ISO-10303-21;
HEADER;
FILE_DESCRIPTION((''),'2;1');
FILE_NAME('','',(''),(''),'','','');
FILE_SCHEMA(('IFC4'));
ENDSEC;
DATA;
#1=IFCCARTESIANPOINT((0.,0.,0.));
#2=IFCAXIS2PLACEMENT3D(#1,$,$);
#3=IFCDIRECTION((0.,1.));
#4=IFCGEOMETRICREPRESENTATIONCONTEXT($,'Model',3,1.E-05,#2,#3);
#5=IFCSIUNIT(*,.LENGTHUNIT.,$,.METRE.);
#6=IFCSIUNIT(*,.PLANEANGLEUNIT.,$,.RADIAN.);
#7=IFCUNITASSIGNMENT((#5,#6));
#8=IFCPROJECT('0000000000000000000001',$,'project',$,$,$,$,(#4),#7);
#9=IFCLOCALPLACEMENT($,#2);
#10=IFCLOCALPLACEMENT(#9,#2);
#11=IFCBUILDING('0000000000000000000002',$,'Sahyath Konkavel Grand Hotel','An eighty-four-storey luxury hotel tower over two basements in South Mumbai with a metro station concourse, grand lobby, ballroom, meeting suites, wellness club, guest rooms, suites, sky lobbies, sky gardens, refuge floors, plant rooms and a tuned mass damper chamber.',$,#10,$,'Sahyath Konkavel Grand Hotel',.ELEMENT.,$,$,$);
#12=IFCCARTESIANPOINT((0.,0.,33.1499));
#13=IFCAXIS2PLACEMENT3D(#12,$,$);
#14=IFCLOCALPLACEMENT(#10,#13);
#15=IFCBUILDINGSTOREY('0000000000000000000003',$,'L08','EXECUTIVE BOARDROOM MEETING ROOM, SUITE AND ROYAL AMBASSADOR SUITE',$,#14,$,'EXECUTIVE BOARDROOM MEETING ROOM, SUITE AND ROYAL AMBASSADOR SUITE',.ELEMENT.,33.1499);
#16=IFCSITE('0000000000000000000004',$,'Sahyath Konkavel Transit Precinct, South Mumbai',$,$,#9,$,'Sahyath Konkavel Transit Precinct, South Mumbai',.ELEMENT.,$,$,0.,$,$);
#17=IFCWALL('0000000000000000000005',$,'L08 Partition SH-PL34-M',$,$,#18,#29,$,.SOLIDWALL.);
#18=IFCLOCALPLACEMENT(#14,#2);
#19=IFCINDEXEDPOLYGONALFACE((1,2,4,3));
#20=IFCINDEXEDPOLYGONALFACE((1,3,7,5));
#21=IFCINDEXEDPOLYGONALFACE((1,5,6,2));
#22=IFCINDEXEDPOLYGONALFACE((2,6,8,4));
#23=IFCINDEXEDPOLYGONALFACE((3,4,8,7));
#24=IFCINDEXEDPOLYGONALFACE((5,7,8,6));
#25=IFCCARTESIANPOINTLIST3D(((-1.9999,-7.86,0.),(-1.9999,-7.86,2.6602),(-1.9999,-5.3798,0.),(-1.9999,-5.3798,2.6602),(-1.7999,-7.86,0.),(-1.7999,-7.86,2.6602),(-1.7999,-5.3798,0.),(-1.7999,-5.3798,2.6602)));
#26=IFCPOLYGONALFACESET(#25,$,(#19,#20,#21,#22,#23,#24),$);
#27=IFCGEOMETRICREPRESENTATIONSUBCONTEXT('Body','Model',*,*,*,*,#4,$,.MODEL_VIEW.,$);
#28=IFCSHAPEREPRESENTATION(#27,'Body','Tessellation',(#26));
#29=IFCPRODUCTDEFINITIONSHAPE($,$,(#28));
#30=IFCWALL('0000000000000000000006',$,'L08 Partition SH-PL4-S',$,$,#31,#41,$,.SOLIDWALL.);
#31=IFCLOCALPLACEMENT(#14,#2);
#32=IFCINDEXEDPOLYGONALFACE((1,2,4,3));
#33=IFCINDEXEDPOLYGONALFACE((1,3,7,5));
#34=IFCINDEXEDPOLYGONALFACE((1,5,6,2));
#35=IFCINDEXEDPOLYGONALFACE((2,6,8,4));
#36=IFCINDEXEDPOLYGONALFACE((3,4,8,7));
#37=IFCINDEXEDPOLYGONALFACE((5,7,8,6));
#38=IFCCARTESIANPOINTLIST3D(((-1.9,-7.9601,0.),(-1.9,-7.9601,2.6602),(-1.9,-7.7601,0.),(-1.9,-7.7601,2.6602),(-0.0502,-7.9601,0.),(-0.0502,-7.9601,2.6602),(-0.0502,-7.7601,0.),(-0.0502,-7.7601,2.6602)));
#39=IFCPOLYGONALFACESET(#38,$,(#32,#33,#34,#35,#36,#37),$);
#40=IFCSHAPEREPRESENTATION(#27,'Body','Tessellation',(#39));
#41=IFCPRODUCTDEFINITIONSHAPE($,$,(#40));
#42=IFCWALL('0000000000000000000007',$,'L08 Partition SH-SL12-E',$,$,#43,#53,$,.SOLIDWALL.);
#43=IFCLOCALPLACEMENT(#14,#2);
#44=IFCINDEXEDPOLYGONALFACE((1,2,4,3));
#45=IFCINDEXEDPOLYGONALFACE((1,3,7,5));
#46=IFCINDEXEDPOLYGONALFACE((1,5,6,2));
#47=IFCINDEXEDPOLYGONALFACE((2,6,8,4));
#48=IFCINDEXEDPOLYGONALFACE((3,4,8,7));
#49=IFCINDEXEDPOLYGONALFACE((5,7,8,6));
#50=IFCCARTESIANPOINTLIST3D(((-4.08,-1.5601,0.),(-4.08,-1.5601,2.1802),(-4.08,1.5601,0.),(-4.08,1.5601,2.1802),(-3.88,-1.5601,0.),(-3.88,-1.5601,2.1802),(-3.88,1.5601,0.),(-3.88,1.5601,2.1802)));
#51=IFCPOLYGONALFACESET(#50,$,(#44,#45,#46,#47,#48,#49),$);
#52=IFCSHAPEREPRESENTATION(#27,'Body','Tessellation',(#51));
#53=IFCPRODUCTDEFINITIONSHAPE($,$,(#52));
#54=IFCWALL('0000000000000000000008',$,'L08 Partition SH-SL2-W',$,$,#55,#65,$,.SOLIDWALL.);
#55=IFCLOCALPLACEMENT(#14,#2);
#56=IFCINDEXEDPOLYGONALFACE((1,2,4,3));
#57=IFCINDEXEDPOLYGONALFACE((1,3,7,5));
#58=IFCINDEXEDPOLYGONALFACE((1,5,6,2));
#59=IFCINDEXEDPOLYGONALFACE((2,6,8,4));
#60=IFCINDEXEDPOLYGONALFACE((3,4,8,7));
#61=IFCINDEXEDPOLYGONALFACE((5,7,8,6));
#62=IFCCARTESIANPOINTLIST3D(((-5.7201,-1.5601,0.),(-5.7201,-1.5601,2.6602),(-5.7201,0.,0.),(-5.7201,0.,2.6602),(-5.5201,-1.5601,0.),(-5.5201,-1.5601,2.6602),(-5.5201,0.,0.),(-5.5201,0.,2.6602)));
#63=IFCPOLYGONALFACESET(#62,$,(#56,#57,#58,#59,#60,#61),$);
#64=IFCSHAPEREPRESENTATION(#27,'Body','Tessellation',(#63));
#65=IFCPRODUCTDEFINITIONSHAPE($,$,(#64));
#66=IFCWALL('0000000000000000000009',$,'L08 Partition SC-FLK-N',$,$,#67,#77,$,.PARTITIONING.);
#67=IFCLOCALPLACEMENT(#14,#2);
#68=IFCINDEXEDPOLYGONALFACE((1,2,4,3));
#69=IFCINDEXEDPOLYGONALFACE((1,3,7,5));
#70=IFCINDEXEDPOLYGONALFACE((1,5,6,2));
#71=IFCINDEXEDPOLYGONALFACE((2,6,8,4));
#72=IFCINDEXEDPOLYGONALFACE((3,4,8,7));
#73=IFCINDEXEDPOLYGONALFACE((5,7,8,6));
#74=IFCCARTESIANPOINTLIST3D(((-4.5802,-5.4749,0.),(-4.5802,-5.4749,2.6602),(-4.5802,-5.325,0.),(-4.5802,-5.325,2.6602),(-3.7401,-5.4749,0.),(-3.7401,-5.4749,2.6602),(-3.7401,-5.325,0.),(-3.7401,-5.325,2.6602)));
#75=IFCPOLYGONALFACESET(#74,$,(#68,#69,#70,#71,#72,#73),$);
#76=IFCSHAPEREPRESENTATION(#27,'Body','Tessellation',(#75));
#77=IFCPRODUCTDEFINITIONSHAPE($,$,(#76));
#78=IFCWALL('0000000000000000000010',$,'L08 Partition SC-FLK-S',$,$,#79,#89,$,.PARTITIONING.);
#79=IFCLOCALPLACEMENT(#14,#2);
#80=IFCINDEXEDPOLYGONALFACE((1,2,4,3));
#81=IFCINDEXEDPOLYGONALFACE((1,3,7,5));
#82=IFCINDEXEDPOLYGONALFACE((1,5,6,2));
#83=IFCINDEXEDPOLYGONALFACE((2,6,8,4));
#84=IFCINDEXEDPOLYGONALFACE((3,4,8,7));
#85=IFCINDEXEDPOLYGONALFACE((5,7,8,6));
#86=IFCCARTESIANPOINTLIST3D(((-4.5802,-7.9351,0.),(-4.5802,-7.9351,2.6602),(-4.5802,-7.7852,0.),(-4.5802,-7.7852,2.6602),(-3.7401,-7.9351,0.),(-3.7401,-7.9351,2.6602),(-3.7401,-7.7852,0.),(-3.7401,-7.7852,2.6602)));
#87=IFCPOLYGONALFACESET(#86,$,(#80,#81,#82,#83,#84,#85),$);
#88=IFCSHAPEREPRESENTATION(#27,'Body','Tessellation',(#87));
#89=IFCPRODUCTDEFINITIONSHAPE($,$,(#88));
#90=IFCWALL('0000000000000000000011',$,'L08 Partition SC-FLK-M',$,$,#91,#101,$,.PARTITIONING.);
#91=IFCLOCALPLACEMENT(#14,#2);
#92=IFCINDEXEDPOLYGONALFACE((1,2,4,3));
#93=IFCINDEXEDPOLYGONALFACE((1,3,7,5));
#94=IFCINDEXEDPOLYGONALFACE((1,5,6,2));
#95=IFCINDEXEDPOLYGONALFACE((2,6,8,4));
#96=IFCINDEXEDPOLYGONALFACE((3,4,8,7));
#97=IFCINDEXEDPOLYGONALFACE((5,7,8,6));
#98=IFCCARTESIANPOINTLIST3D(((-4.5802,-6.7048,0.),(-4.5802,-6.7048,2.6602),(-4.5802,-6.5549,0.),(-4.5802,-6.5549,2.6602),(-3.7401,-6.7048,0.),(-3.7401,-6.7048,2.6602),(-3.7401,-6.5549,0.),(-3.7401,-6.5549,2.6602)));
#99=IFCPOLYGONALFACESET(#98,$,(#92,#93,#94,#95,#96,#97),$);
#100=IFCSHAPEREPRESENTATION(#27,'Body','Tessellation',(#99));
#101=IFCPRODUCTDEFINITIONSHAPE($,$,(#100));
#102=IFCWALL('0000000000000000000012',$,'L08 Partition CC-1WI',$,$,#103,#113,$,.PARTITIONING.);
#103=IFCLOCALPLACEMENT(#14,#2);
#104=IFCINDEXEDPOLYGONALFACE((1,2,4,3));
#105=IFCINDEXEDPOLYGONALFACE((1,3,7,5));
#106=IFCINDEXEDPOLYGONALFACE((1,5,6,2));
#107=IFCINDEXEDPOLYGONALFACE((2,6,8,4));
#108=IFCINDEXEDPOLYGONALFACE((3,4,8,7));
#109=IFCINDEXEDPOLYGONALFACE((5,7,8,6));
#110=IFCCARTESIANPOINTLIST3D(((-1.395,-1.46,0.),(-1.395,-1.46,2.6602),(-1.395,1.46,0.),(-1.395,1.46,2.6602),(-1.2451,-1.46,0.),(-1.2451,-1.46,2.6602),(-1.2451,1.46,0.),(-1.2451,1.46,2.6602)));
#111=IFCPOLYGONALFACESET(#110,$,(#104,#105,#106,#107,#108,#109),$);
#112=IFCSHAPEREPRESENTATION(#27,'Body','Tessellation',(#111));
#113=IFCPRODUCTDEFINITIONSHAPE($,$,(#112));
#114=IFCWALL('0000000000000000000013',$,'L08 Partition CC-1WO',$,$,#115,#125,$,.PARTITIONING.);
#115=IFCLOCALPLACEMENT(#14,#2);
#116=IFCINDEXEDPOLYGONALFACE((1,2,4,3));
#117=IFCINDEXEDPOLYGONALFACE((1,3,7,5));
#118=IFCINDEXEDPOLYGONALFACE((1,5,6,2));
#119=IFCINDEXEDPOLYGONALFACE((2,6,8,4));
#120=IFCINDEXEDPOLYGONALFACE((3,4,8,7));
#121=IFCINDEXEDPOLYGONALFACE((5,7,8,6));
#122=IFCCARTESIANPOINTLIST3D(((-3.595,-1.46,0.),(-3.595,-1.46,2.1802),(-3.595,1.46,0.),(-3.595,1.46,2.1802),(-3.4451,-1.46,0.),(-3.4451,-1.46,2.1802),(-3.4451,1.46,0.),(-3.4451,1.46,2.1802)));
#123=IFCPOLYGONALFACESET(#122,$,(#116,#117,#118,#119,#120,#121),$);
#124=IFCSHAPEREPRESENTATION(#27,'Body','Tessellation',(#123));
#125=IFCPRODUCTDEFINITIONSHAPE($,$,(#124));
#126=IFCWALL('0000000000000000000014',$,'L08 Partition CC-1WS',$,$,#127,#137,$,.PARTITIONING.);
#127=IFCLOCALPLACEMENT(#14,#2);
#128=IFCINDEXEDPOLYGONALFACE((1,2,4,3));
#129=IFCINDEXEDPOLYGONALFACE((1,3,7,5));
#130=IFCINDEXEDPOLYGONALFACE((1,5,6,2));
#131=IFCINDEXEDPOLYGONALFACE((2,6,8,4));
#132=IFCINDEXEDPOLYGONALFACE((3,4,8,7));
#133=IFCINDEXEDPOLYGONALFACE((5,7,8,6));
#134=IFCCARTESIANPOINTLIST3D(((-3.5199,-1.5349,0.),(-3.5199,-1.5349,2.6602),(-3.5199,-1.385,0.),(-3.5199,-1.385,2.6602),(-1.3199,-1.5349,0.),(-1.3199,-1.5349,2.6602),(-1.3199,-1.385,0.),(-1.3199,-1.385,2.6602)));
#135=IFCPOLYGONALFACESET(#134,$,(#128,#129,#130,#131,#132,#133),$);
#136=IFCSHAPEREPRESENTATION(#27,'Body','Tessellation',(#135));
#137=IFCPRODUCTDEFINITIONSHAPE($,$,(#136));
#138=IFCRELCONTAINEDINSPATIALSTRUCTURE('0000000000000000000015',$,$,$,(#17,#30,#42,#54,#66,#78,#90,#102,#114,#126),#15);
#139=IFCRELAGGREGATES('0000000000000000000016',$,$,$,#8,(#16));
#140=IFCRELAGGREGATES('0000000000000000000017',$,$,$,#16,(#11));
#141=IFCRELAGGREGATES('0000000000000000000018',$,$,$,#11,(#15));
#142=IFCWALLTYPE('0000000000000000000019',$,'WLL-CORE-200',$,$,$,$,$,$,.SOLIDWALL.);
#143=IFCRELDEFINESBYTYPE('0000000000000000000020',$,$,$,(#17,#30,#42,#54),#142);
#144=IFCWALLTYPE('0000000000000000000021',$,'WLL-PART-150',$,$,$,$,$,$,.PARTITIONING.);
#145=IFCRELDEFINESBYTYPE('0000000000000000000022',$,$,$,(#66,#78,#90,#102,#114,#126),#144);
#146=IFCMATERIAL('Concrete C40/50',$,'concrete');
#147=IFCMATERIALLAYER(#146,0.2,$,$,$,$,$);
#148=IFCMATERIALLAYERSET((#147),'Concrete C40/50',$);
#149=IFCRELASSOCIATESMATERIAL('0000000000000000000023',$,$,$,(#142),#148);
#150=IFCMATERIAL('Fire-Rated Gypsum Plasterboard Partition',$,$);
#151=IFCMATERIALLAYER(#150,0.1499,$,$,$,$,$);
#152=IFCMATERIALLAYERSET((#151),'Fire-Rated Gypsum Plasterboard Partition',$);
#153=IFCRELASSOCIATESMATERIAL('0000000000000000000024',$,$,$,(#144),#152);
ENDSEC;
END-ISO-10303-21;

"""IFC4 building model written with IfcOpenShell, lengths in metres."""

from ifc_helpers import new_model, si_unit, direction, frame, frame_2d, origin, place, context, subcontext, project, spatial, rectangle, extrude, material, layer, layer_set, type_object, element, save


model = new_model("IFC4")

# Units and contexts
model_context = context("Model", 3, precision=1e-05, world=origin(), true_north=direction((0.0, 1.0)))
body_context = subcontext(model_context, "Body", "Model", "MODEL_VIEW")
ifc_project = project(units=[si_unit("LENGTHUNIT", "METRE"), si_unit("PLANEANGLEUNIT", "RADIAN")], contexts=[model_context])

# Site, building, storey
site_placement = place(None, origin())
site = spatial("IfcSite", under=ifc_project, at=site_placement, Name="Sahyath Konkavel Transit Precinct, South Mumbai", LongName="Sahyath Konkavel Transit Precinct, South Mumbai", CompositionType="ELEMENT", RefElevation=0.0)
building_placement = place(site_placement, origin())
building = spatial("IfcBuilding", under=site, at=building_placement, Name="Sahyath Konkavel Grand Hotel", Description="An eighty-four-storey luxury hotel tower over two basements in South Mumbai with a metro station concourse, grand lobby, ballroom, meeting suites, wellness club, guest rooms, suites, sky lobbies, sky gardens, refuge floors, plant rooms and a tuned mass damper chamber.", LongName="Sahyath Konkavel Grand Hotel", CompositionType="ELEMENT")
storey_placement = place(building_placement, frame((0.0, 0.0, 33.1499)))
storey = spatial("IfcBuildingStorey", under=building, at=storey_placement, Name="L08", Description="EXECUTIVE BOARDROOM MEETING ROOM, SUITE AND ROYAL AMBASSADOR SUITE", LongName="EXECUTIVE BOARDROOM MEETING ROOM, SUITE AND ROYAL AMBASSADOR SUITE", CompositionType="ELEMENT", Elevation=33.1499)

# Shared definitions
ifc_material_1 = material(Name="Concrete C40/50", Category="concrete")
ifc_layer_1 = layer(ifc_material_1, 0.2)
ifc_layer_set_1 = layer_set([ifc_layer_1], Name="Concrete C40/50")
wall_type_1 = type_object("IfcWallType", Name="WLL-CORE-200", PredefinedType="SOLIDWALL", material=ifc_layer_set_1)

# Walls
wall_1_placement = place(storey_placement, frame((-1.8999, -7.8601, 0.0), z_axis=(0.0, 0.0, 1.0), x_axis=(0.0, 1.0, 0.0)))
element("IfcWall", 1, at=wall_1_placement, inside=storey, type_object=wall_type_1, Name="L08 Partition SH-PL34-M", PredefinedType="SOLIDWALL", context=body_context, shape_type="SweptSolid", body=[
    extrude(rectangle(XDim=2.4802, YDim=0.2, at=frame_2d((1.2402, 0.0))), origin(), (0.0, 0.0, 1.0), 2.6602),
])
wall_2_placement = place(storey_placement, frame((-1.8999, -7.8601, 0.0), z_axis=(0.0, 0.0, 1.0), x_axis=(1.0, 0.0, 0.0)))
element("IfcWall", 2, at=wall_2_placement, inside=storey, type_object=wall_type_1, Name="L08 Partition SH-PL4-S", PredefinedType="SOLIDWALL", context=body_context, shape_type="SweptSolid", body=[
    extrude(rectangle(XDim=1.8499, YDim=0.2, at=frame_2d((0.9248, 0.0))), origin(), (0.0, 0.0, 1.0), 2.6602),
])
wall_3_placement = place(storey_placement, frame((-3.98, -1.5601, 0.0), z_axis=(0.0, 0.0, 1.0), x_axis=(0.0, 1.0, 0.0)))
element("IfcWall", 3, at=wall_3_placement, inside=storey, type_object=wall_type_1, Name="L08 Partition SH-SL12-E", PredefinedType="SOLIDWALL", context=body_context, shape_type="SweptSolid", body=[
    extrude(rectangle(XDim=3.1201, YDim=0.2, at=frame_2d((1.5601, 0.0))), origin(), (0.0, 0.0, 1.0), 2.1802),
])
wall_4_placement = place(storey_placement, frame((-5.6201, -1.5601, 0.0), z_axis=(0.0, 0.0, 1.0), x_axis=(0.0, 1.0, 0.0)))
element("IfcWall", 4, at=wall_4_placement, inside=storey, type_object=wall_type_1, Name="L08 Partition SH-SL2-W", PredefinedType="SOLIDWALL", context=body_context, shape_type="SweptSolid", body=[
    extrude(rectangle(XDim=1.5601, YDim=0.2, at=frame_2d((0.78, 0.0))), origin(), (0.0, 0.0, 1.0), 2.6602),
])
ifc_material_2 = material(Name="Fire-Rated Gypsum Plasterboard Partition")
ifc_layer_2 = layer(ifc_material_2, 0.1499)
ifc_layer_set_2 = layer_set([ifc_layer_2], Name="Fire-Rated Gypsum Plasterboard Partition")
wall_type_2 = type_object("IfcWallType", Name="WLL-PART-150", PredefinedType="PARTITIONING", material=ifc_layer_set_2)
for number, where, z_axis, x_axis, name in (
    (5, (-4.5801, -5.3999, 0.0), (0.0, 0.0, 1.0), (1.0, 0.0, 0.0), "L08 Partition SC-FLK-N"),
    (6, (-4.5801, -7.8601, 0.0), (0.0, 0.0, 1.0), (1.0, 0.0, 0.0), "L08 Partition SC-FLK-S"),
    (7, (-4.5801, -6.6299, 0.0), (0.0, 0.0, 1.0), (1.0, 0.0, 0.0), "L08 Partition SC-FLK-M"),
):
    element("IfcWall", number, at=place(storey_placement, frame(where, z_axis=z_axis, x_axis=x_axis)), inside=storey, type_object=wall_type_2, Name=name, PredefinedType="PARTITIONING", context=body_context, shape_type="SweptSolid", body=[
        extrude(rectangle(XDim=0.8401, YDim=0.1499, at=frame_2d((0.4199, 0.0))), origin(), (0.0, 0.0, 1.0), 2.6602),
    ])
wall_5_placement = place(storey_placement, frame((-1.3201, -1.46, 0.0), z_axis=(0.0, 0.0, 1.0), x_axis=(0.0, 1.0, 0.0)))
element("IfcWall", 8, at=wall_5_placement, inside=storey, type_object=wall_type_2, Name="L08 Partition CC-1WI", PredefinedType="PARTITIONING", context=body_context, shape_type="SweptSolid", body=[
    extrude(rectangle(XDim=2.9199, YDim=0.1499, at=frame_2d((1.46, 0.0))), origin(), (0.0, 0.0, 1.0), 2.6602),
])
wall_6_placement = place(storey_placement, frame((-3.52, -1.46, 0.0), z_axis=(0.0, 0.0, 1.0), x_axis=(0.0, 1.0, 0.0)))
element("IfcWall", 9, at=wall_6_placement, inside=storey, type_object=wall_type_2, Name="L08 Partition CC-1WO", PredefinedType="PARTITIONING", context=body_context, shape_type="SweptSolid", body=[
    extrude(rectangle(XDim=2.9199, YDim=0.1499, at=frame_2d((1.46, 0.0))), origin(), (0.0, 0.0, 1.0), 2.1802),
])
wall_7_placement = place(storey_placement, frame((-3.52, -1.46, 0.0), z_axis=(0.0, 0.0, 1.0), x_axis=(1.0, 0.0, 0.0)))
element("IfcWall", 10, at=wall_7_placement, inside=storey, type_object=wall_type_2, Name="L08 Partition CC-1WS", PredefinedType="PARTITIONING", context=body_context, shape_type="SweptSolid", body=[
    extrude(rectangle(XDim=2.2, YDim=0.1499, at=frame_2d((1.1001, 0.0))), origin(), (0.0, 0.0, 1.0), 2.6602),
])

save(model, "model.ifc")
